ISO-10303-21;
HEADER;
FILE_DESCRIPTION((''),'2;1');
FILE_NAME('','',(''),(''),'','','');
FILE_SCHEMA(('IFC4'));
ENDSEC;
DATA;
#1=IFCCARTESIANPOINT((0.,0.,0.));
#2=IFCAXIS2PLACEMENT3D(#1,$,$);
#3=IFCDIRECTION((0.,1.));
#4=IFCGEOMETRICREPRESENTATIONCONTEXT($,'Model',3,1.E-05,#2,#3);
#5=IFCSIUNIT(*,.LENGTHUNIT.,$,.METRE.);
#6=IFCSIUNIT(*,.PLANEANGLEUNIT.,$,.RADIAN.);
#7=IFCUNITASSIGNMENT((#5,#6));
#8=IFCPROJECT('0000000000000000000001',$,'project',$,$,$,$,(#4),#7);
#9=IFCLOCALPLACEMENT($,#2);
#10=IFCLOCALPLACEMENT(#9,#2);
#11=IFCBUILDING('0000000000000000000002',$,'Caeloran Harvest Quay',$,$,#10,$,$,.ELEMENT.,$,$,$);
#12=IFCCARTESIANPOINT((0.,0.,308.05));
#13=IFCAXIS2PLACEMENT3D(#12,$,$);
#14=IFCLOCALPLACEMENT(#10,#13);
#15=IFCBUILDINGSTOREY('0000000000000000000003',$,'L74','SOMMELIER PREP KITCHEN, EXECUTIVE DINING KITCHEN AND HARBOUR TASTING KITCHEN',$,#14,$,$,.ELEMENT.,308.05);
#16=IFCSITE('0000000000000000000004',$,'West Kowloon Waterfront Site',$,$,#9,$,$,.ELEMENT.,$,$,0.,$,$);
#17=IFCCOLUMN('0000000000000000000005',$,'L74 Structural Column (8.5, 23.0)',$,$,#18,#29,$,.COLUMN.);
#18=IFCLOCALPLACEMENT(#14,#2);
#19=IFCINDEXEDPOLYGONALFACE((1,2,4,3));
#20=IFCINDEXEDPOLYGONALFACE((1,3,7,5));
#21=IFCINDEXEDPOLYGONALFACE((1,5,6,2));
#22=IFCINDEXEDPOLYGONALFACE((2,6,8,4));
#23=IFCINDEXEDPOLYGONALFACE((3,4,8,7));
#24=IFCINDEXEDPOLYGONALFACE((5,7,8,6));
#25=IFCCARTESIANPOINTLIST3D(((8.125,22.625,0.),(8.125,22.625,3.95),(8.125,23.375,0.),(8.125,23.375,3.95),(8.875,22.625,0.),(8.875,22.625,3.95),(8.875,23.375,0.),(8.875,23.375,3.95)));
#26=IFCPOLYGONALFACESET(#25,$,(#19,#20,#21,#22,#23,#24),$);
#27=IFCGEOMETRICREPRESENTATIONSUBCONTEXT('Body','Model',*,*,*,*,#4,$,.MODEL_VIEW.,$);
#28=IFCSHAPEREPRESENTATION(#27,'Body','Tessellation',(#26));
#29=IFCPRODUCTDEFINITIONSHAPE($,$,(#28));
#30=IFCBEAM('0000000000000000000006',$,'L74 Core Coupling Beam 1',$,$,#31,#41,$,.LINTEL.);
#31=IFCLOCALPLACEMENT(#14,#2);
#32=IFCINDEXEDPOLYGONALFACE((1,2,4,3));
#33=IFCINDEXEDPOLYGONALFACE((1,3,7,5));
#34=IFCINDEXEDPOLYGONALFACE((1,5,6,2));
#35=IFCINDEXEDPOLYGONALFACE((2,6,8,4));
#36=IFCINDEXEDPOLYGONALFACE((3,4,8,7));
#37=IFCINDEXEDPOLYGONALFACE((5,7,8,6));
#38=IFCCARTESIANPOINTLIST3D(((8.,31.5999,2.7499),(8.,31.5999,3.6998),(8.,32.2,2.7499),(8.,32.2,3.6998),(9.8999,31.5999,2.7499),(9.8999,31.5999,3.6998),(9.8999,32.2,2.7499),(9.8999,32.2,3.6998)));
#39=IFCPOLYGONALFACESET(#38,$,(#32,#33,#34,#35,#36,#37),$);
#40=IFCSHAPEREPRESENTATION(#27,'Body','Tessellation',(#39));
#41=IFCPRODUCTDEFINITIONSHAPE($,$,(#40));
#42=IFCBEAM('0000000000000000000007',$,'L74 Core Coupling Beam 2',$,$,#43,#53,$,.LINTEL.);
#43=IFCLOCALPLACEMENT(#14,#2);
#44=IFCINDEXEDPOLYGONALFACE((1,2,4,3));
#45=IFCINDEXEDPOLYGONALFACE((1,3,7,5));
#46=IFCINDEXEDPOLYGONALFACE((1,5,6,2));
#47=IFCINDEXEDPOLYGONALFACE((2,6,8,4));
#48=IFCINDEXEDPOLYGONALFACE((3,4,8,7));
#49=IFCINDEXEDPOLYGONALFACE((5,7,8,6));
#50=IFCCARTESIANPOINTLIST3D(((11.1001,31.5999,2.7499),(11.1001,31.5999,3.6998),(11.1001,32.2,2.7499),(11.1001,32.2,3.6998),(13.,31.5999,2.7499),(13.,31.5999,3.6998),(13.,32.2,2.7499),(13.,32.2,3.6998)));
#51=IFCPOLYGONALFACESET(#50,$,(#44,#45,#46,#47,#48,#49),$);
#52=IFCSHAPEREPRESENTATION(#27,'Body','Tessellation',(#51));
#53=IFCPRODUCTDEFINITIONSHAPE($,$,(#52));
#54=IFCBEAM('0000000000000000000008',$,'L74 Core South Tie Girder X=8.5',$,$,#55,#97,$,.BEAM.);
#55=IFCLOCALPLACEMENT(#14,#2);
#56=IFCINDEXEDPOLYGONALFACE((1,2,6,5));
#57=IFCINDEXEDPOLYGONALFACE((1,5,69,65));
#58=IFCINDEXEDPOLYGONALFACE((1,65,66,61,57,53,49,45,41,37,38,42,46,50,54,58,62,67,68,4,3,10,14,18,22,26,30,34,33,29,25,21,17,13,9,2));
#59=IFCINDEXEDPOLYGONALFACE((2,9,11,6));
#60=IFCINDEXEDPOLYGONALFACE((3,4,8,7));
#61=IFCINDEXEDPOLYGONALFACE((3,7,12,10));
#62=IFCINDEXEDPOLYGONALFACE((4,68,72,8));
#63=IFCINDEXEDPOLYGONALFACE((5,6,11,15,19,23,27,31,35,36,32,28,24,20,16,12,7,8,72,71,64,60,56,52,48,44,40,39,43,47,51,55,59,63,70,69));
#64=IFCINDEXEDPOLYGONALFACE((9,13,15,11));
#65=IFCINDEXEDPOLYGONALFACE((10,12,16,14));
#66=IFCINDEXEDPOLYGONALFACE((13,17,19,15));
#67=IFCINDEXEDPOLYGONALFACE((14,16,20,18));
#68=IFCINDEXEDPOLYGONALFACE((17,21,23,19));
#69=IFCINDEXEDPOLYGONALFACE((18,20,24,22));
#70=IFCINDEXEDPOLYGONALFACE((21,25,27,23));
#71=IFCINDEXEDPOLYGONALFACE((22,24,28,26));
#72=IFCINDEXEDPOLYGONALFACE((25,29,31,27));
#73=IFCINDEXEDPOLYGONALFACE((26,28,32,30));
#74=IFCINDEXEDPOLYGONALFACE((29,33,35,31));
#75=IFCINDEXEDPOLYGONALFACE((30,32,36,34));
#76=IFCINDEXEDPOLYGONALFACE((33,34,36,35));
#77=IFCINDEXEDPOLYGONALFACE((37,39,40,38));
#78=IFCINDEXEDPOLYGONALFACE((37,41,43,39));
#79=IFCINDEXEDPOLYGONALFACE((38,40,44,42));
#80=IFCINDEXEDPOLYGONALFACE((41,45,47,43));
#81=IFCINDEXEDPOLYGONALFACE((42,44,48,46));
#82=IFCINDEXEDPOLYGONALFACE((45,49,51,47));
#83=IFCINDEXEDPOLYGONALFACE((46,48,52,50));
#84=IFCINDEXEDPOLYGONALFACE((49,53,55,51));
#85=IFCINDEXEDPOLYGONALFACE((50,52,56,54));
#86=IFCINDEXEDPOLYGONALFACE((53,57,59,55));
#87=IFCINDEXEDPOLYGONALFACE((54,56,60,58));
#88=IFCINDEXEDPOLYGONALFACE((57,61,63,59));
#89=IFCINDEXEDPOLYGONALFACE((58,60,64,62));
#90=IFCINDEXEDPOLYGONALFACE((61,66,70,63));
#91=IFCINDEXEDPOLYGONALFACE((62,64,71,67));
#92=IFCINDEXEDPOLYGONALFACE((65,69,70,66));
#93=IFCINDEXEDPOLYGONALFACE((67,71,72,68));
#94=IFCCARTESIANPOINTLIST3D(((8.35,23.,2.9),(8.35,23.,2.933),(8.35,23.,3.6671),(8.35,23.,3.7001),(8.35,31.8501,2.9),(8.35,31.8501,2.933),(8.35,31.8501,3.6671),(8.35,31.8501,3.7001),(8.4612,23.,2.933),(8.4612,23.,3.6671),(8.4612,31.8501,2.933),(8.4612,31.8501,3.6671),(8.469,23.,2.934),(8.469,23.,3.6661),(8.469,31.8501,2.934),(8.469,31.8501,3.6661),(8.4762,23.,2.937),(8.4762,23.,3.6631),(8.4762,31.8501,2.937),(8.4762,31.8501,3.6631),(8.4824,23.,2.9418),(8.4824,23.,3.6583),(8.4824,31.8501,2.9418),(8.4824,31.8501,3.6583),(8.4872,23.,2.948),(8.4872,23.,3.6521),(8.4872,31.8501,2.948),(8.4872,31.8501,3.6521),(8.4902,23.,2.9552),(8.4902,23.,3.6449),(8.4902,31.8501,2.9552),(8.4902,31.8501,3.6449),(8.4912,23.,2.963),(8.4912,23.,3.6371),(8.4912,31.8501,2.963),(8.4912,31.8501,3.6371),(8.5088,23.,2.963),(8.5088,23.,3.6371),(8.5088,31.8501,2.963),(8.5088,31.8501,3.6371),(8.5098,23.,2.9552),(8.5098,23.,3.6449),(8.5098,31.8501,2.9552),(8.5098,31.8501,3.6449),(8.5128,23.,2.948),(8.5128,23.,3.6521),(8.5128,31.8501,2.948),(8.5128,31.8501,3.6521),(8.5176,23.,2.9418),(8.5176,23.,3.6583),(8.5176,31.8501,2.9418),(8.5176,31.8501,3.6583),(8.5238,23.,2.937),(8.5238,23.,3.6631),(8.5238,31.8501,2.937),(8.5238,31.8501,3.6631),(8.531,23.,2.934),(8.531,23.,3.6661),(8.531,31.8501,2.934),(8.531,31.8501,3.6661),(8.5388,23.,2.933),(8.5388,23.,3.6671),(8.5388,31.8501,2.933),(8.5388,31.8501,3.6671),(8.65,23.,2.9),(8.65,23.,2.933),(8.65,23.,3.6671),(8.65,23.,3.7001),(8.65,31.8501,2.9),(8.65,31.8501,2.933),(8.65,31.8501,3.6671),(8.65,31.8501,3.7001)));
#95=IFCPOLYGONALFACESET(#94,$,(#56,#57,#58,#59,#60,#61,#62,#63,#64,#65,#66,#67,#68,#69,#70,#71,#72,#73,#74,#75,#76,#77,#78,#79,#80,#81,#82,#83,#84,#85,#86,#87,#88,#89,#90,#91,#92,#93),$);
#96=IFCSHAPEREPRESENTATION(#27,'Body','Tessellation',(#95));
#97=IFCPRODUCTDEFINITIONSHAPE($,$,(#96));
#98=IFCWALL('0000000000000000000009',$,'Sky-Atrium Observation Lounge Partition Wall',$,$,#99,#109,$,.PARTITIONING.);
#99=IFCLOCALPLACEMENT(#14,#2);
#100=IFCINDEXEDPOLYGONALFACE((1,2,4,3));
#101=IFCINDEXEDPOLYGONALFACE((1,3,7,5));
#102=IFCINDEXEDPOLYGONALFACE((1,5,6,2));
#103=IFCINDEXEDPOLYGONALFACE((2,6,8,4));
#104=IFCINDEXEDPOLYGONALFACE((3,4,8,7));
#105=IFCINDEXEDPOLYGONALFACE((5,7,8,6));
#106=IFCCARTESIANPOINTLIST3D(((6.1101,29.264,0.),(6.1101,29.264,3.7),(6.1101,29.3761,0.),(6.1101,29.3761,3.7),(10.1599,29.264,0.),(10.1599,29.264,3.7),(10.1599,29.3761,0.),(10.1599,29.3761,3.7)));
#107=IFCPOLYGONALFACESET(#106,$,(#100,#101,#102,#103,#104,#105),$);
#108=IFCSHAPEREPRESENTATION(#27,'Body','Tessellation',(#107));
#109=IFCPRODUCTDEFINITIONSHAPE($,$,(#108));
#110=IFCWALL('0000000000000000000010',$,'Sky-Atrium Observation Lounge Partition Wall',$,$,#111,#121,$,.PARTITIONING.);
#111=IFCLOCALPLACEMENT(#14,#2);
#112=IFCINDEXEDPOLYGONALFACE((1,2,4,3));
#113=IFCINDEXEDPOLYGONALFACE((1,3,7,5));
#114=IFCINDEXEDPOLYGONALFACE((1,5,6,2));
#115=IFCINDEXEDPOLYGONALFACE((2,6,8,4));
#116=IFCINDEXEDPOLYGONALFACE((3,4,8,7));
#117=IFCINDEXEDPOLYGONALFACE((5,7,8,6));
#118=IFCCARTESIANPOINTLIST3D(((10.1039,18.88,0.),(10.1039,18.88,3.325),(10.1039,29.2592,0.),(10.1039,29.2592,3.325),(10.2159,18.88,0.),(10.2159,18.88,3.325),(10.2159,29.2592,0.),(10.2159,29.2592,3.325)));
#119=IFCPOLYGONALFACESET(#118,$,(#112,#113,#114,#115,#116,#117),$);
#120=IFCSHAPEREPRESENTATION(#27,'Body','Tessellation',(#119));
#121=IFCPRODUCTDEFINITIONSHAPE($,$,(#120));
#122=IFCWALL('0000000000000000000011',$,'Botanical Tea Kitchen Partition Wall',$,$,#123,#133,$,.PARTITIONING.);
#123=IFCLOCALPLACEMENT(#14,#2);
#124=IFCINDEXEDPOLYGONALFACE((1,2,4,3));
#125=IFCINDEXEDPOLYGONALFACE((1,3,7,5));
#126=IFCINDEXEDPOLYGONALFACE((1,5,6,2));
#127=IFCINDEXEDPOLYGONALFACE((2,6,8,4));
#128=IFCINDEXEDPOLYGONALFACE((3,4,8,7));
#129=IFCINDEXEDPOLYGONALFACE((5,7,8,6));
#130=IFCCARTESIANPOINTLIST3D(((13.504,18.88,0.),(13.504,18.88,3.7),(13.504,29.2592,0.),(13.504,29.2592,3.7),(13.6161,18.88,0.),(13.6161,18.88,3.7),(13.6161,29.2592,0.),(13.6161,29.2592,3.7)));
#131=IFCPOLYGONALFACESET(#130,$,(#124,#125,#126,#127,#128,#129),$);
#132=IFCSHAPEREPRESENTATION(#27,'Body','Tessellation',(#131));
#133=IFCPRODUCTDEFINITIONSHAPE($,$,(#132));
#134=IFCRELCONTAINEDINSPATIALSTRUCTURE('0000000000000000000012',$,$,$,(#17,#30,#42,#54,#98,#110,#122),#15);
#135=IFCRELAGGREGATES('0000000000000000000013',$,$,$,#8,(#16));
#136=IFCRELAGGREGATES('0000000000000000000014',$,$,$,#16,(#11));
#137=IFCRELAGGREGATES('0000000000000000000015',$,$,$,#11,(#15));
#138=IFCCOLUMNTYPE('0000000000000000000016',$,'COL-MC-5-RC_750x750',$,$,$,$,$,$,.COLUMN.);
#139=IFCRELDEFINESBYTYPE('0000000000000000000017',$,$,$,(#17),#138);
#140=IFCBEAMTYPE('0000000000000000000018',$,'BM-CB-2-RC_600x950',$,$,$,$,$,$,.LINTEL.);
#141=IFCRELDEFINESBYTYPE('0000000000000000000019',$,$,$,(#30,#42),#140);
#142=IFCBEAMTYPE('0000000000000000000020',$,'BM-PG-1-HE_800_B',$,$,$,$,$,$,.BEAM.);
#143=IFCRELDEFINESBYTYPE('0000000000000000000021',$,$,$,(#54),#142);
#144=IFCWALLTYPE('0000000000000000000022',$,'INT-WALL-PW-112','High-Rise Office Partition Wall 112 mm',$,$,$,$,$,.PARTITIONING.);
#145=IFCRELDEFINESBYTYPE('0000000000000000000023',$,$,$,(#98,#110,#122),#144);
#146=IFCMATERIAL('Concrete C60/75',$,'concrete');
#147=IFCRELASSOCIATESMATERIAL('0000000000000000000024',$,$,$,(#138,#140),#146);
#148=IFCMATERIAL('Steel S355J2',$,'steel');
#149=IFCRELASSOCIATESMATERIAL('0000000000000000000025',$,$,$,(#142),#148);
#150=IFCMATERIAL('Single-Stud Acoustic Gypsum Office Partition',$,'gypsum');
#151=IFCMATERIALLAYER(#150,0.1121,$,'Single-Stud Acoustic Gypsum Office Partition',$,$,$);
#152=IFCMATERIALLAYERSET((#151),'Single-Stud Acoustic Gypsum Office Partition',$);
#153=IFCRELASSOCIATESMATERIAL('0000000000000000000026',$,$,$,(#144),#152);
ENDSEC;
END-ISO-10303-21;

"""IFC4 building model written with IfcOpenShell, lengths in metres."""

from ifc_helpers import new_model, si_unit, direction, frame, frame_2d, origin, origin_2d, place, context, subcontext, project, spatial, rectangle, i_section, extrude, material, layer, layer_set, material_profile, profile_set, type_object, element, save


model = new_model("IFC4")

# Units and contexts
model_context = context("Model", 3, precision=1e-05, world=origin(), true_north=direction((0.0, 1.0)))
body_context = subcontext(model_context, "Body", "Model", "MODEL_VIEW")
ifc_project = project(units=[si_unit("LENGTHUNIT", "METRE"), si_unit("PLANEANGLEUNIT", "RADIAN")], contexts=[model_context])

# Site, building, storey
site_placement = place(None, origin())
site = spatial("IfcSite", under=ifc_project, at=site_placement, Name="West Kowloon Waterfront Site", CompositionType="ELEMENT", RefElevation=0.0)
building_placement = place(site_placement, origin())
building = spatial("IfcBuilding", under=site, at=building_placement, Name="Caeloran Harvest Quay", CompositionType="ELEMENT")
storey_placement = place(building_placement, frame((0.0, 0.0, 308.05)))
storey = spatial("IfcBuildingStorey", under=building, at=storey_placement, Name="L74", Description="SOMMELIER PREP KITCHEN, EXECUTIVE DINING KITCHEN AND HARBOUR TASTING KITCHEN", CompositionType="ELEMENT", Elevation=308.05)

# Column
ifc_material_1 = material(Name="Concrete C60/75", Category="concrete")
ifc_material_profile_1 = material_profile(ifc_material_1, rectangle(XDim=0.75, YDim=0.75, at=origin_2d()), Name="RC 750x750")
ifc_profile_set_1 = profile_set([ifc_material_profile_1], Name="Concrete C60/75")
column_type = type_object("IfcColumnType", Name="COL-MC-5-RC_750x750", PredefinedType="COLUMN", material=ifc_profile_set_1)
column_placement = place(storey_placement, frame((8.5, 23.0, 0.0), z_axis=(0.0, 0.0, 1.0), x_axis=(1.0, 0.0, 0.0)))
element("IfcColumn", 1, at=column_placement, inside=storey, type_object=column_type, Name="L74 Structural Column (8.5, 23.0)", PredefinedType="COLUMN", context=body_context, shape_type="SweptSolid", body=[
    extrude(rectangle(XDim=0.75, YDim=0.75, at=origin_2d()), origin(), (0.0, 0.0, 1.0), 3.95),
])

# Beams
ifc_material_profile_2 = material_profile(ifc_material_1, rectangle(XDim=0.6001, YDim=0.95, at=origin_2d()), Name="RC 600x950")
ifc_profile_set_2 = profile_set([ifc_material_profile_2], Name="Concrete C60/75")
beam_type_1 = type_object("IfcBeamType", Name="BM-CB-2-RC_600x950", PredefinedType="LINTEL", material=ifc_profile_set_2)
for number, where, z_axis, x_axis, name in (
    (2, (8.0, 31.8999, 3.2249), (1.0, 0.0, 0.0), (0.0, 1.0, 0.0), "L74 Core Coupling Beam 1"),
    (3, (11.1001, 31.8999, 3.2249), (1.0, 0.0, 0.0), (0.0, 1.0, 0.0), "L74 Core Coupling Beam 2"),
):
    element("IfcBeam", number, at=place(storey_placement, frame(where, z_axis=z_axis, x_axis=x_axis)), inside=storey, type_object=beam_type_1, Name=name, PredefinedType="LINTEL", context=body_context, shape_type="SweptSolid", body=[
        extrude(rectangle(XDim=0.6001, YDim=0.95, at=origin_2d()), origin(), (0.0, 0.0, 1.0), 1.8999),
    ])
ifc_material_2 = material(Name="Steel S355J2", Category="steel")
ifc_material_profile_3 = material_profile(ifc_material_2, i_section(OverallWidth=0.3, OverallDepth=0.8, WebThickness=0.0176, FlangeThickness=0.033, FilletRadius=0.03, at=origin_2d()), Name="HE 800 B")
ifc_profile_set_3 = profile_set([ifc_material_profile_3], Name="Steel S355J2")
beam_type_2 = type_object("IfcBeamType", Name="BM-PG-1-HE_800_B", PredefinedType="BEAM", material=ifc_profile_set_3)
beam_placement = place(storey_placement, frame((8.5, 23.0, 3.3), z_axis=(0.0, 1.0, 0.0), x_axis=(-1.0, 0.0, 0.0)))
element("IfcBeam", 4, at=beam_placement, inside=storey, type_object=beam_type_2, Name="L74 Core South Tie Girder X=8.5", PredefinedType="BEAM", context=body_context, shape_type="SweptSolid", body=[
    extrude(i_section(OverallWidth=0.3, OverallDepth=0.8, WebThickness=0.0176, FlangeThickness=0.033, FilletRadius=0.03, at=origin_2d()), origin(), (0.0, 0.0, 1.0), 8.8501),
])

# Walls
ifc_material_3 = material(Name="Single-Stud Acoustic Gypsum Office Partition", Category="gypsum")
ifc_layer_1 = layer(ifc_material_3, 0.1121, Name="Single-Stud Acoustic Gypsum Office Partition")
ifc_layer_set_1 = layer_set([ifc_layer_1], Name="Single-Stud Acoustic Gypsum Office Partition")
wall_type_1 = type_object("IfcWallType", Name="INT-WALL-PW-112", Description="High-Rise Office Partition Wall 112 mm", PredefinedType="PARTITIONING", material=ifc_layer_set_1)
wall_1_placement = place(storey_placement, frame((6.1101, 29.3201, 0.0), z_axis=(0.0, 0.0, 1.0), x_axis=(1.0, 0.0, 0.0)))
element("IfcWall", 5, at=wall_1_placement, inside=storey, type_object=wall_type_1, Name="Sky-Atrium Observation Lounge Partition Wall", PredefinedType="PARTITIONING", context=body_context, shape_type="SweptSolid", body=[
    extrude(rectangle(XDim=4.0498, YDim=0.1121, at=frame_2d((2.0249, 0.0))), origin(), (0.0, 0.0, 1.0), 3.7),
])
wall_2_placement = place(storey_placement, frame((10.1599, 29.259, 0.0), z_axis=(0.0, 0.0, 1.0), x_axis=(0.0, -1.0, 0.0)))
element("IfcWall", 6, at=wall_2_placement, inside=storey, type_object=wall_type_1, Name="Sky-Atrium Observation Lounge Partition Wall", PredefinedType="PARTITIONING", context=body_context, shape_type="SweptSolid", body=[
    extrude(rectangle(XDim=10.3792, YDim=0.1121, at=frame_2d((5.1895, 0.0))), origin(), (0.0, 0.0, 1.0), 3.325),
])

# Wall
wall_3_placement = place(storey_placement, frame((13.5601, 29.259, 0.0), z_axis=(0.0, 0.0, 1.0), x_axis=(0.0, -1.0, 0.0)))
element("IfcWall", 7, at=wall_3_placement, inside=storey, type_object=wall_type_1, Name="Botanical Tea Kitchen Partition Wall", PredefinedType="PARTITIONING", context=body_context, shape_type="SweptSolid", body=[
    extrude(rectangle(XDim=10.3792, YDim=0.1121, at=frame_2d((5.1895, 0.0))), origin(), (0.0, 0.0, 1.0), 3.7),
])

save(model, "model.ifc")
